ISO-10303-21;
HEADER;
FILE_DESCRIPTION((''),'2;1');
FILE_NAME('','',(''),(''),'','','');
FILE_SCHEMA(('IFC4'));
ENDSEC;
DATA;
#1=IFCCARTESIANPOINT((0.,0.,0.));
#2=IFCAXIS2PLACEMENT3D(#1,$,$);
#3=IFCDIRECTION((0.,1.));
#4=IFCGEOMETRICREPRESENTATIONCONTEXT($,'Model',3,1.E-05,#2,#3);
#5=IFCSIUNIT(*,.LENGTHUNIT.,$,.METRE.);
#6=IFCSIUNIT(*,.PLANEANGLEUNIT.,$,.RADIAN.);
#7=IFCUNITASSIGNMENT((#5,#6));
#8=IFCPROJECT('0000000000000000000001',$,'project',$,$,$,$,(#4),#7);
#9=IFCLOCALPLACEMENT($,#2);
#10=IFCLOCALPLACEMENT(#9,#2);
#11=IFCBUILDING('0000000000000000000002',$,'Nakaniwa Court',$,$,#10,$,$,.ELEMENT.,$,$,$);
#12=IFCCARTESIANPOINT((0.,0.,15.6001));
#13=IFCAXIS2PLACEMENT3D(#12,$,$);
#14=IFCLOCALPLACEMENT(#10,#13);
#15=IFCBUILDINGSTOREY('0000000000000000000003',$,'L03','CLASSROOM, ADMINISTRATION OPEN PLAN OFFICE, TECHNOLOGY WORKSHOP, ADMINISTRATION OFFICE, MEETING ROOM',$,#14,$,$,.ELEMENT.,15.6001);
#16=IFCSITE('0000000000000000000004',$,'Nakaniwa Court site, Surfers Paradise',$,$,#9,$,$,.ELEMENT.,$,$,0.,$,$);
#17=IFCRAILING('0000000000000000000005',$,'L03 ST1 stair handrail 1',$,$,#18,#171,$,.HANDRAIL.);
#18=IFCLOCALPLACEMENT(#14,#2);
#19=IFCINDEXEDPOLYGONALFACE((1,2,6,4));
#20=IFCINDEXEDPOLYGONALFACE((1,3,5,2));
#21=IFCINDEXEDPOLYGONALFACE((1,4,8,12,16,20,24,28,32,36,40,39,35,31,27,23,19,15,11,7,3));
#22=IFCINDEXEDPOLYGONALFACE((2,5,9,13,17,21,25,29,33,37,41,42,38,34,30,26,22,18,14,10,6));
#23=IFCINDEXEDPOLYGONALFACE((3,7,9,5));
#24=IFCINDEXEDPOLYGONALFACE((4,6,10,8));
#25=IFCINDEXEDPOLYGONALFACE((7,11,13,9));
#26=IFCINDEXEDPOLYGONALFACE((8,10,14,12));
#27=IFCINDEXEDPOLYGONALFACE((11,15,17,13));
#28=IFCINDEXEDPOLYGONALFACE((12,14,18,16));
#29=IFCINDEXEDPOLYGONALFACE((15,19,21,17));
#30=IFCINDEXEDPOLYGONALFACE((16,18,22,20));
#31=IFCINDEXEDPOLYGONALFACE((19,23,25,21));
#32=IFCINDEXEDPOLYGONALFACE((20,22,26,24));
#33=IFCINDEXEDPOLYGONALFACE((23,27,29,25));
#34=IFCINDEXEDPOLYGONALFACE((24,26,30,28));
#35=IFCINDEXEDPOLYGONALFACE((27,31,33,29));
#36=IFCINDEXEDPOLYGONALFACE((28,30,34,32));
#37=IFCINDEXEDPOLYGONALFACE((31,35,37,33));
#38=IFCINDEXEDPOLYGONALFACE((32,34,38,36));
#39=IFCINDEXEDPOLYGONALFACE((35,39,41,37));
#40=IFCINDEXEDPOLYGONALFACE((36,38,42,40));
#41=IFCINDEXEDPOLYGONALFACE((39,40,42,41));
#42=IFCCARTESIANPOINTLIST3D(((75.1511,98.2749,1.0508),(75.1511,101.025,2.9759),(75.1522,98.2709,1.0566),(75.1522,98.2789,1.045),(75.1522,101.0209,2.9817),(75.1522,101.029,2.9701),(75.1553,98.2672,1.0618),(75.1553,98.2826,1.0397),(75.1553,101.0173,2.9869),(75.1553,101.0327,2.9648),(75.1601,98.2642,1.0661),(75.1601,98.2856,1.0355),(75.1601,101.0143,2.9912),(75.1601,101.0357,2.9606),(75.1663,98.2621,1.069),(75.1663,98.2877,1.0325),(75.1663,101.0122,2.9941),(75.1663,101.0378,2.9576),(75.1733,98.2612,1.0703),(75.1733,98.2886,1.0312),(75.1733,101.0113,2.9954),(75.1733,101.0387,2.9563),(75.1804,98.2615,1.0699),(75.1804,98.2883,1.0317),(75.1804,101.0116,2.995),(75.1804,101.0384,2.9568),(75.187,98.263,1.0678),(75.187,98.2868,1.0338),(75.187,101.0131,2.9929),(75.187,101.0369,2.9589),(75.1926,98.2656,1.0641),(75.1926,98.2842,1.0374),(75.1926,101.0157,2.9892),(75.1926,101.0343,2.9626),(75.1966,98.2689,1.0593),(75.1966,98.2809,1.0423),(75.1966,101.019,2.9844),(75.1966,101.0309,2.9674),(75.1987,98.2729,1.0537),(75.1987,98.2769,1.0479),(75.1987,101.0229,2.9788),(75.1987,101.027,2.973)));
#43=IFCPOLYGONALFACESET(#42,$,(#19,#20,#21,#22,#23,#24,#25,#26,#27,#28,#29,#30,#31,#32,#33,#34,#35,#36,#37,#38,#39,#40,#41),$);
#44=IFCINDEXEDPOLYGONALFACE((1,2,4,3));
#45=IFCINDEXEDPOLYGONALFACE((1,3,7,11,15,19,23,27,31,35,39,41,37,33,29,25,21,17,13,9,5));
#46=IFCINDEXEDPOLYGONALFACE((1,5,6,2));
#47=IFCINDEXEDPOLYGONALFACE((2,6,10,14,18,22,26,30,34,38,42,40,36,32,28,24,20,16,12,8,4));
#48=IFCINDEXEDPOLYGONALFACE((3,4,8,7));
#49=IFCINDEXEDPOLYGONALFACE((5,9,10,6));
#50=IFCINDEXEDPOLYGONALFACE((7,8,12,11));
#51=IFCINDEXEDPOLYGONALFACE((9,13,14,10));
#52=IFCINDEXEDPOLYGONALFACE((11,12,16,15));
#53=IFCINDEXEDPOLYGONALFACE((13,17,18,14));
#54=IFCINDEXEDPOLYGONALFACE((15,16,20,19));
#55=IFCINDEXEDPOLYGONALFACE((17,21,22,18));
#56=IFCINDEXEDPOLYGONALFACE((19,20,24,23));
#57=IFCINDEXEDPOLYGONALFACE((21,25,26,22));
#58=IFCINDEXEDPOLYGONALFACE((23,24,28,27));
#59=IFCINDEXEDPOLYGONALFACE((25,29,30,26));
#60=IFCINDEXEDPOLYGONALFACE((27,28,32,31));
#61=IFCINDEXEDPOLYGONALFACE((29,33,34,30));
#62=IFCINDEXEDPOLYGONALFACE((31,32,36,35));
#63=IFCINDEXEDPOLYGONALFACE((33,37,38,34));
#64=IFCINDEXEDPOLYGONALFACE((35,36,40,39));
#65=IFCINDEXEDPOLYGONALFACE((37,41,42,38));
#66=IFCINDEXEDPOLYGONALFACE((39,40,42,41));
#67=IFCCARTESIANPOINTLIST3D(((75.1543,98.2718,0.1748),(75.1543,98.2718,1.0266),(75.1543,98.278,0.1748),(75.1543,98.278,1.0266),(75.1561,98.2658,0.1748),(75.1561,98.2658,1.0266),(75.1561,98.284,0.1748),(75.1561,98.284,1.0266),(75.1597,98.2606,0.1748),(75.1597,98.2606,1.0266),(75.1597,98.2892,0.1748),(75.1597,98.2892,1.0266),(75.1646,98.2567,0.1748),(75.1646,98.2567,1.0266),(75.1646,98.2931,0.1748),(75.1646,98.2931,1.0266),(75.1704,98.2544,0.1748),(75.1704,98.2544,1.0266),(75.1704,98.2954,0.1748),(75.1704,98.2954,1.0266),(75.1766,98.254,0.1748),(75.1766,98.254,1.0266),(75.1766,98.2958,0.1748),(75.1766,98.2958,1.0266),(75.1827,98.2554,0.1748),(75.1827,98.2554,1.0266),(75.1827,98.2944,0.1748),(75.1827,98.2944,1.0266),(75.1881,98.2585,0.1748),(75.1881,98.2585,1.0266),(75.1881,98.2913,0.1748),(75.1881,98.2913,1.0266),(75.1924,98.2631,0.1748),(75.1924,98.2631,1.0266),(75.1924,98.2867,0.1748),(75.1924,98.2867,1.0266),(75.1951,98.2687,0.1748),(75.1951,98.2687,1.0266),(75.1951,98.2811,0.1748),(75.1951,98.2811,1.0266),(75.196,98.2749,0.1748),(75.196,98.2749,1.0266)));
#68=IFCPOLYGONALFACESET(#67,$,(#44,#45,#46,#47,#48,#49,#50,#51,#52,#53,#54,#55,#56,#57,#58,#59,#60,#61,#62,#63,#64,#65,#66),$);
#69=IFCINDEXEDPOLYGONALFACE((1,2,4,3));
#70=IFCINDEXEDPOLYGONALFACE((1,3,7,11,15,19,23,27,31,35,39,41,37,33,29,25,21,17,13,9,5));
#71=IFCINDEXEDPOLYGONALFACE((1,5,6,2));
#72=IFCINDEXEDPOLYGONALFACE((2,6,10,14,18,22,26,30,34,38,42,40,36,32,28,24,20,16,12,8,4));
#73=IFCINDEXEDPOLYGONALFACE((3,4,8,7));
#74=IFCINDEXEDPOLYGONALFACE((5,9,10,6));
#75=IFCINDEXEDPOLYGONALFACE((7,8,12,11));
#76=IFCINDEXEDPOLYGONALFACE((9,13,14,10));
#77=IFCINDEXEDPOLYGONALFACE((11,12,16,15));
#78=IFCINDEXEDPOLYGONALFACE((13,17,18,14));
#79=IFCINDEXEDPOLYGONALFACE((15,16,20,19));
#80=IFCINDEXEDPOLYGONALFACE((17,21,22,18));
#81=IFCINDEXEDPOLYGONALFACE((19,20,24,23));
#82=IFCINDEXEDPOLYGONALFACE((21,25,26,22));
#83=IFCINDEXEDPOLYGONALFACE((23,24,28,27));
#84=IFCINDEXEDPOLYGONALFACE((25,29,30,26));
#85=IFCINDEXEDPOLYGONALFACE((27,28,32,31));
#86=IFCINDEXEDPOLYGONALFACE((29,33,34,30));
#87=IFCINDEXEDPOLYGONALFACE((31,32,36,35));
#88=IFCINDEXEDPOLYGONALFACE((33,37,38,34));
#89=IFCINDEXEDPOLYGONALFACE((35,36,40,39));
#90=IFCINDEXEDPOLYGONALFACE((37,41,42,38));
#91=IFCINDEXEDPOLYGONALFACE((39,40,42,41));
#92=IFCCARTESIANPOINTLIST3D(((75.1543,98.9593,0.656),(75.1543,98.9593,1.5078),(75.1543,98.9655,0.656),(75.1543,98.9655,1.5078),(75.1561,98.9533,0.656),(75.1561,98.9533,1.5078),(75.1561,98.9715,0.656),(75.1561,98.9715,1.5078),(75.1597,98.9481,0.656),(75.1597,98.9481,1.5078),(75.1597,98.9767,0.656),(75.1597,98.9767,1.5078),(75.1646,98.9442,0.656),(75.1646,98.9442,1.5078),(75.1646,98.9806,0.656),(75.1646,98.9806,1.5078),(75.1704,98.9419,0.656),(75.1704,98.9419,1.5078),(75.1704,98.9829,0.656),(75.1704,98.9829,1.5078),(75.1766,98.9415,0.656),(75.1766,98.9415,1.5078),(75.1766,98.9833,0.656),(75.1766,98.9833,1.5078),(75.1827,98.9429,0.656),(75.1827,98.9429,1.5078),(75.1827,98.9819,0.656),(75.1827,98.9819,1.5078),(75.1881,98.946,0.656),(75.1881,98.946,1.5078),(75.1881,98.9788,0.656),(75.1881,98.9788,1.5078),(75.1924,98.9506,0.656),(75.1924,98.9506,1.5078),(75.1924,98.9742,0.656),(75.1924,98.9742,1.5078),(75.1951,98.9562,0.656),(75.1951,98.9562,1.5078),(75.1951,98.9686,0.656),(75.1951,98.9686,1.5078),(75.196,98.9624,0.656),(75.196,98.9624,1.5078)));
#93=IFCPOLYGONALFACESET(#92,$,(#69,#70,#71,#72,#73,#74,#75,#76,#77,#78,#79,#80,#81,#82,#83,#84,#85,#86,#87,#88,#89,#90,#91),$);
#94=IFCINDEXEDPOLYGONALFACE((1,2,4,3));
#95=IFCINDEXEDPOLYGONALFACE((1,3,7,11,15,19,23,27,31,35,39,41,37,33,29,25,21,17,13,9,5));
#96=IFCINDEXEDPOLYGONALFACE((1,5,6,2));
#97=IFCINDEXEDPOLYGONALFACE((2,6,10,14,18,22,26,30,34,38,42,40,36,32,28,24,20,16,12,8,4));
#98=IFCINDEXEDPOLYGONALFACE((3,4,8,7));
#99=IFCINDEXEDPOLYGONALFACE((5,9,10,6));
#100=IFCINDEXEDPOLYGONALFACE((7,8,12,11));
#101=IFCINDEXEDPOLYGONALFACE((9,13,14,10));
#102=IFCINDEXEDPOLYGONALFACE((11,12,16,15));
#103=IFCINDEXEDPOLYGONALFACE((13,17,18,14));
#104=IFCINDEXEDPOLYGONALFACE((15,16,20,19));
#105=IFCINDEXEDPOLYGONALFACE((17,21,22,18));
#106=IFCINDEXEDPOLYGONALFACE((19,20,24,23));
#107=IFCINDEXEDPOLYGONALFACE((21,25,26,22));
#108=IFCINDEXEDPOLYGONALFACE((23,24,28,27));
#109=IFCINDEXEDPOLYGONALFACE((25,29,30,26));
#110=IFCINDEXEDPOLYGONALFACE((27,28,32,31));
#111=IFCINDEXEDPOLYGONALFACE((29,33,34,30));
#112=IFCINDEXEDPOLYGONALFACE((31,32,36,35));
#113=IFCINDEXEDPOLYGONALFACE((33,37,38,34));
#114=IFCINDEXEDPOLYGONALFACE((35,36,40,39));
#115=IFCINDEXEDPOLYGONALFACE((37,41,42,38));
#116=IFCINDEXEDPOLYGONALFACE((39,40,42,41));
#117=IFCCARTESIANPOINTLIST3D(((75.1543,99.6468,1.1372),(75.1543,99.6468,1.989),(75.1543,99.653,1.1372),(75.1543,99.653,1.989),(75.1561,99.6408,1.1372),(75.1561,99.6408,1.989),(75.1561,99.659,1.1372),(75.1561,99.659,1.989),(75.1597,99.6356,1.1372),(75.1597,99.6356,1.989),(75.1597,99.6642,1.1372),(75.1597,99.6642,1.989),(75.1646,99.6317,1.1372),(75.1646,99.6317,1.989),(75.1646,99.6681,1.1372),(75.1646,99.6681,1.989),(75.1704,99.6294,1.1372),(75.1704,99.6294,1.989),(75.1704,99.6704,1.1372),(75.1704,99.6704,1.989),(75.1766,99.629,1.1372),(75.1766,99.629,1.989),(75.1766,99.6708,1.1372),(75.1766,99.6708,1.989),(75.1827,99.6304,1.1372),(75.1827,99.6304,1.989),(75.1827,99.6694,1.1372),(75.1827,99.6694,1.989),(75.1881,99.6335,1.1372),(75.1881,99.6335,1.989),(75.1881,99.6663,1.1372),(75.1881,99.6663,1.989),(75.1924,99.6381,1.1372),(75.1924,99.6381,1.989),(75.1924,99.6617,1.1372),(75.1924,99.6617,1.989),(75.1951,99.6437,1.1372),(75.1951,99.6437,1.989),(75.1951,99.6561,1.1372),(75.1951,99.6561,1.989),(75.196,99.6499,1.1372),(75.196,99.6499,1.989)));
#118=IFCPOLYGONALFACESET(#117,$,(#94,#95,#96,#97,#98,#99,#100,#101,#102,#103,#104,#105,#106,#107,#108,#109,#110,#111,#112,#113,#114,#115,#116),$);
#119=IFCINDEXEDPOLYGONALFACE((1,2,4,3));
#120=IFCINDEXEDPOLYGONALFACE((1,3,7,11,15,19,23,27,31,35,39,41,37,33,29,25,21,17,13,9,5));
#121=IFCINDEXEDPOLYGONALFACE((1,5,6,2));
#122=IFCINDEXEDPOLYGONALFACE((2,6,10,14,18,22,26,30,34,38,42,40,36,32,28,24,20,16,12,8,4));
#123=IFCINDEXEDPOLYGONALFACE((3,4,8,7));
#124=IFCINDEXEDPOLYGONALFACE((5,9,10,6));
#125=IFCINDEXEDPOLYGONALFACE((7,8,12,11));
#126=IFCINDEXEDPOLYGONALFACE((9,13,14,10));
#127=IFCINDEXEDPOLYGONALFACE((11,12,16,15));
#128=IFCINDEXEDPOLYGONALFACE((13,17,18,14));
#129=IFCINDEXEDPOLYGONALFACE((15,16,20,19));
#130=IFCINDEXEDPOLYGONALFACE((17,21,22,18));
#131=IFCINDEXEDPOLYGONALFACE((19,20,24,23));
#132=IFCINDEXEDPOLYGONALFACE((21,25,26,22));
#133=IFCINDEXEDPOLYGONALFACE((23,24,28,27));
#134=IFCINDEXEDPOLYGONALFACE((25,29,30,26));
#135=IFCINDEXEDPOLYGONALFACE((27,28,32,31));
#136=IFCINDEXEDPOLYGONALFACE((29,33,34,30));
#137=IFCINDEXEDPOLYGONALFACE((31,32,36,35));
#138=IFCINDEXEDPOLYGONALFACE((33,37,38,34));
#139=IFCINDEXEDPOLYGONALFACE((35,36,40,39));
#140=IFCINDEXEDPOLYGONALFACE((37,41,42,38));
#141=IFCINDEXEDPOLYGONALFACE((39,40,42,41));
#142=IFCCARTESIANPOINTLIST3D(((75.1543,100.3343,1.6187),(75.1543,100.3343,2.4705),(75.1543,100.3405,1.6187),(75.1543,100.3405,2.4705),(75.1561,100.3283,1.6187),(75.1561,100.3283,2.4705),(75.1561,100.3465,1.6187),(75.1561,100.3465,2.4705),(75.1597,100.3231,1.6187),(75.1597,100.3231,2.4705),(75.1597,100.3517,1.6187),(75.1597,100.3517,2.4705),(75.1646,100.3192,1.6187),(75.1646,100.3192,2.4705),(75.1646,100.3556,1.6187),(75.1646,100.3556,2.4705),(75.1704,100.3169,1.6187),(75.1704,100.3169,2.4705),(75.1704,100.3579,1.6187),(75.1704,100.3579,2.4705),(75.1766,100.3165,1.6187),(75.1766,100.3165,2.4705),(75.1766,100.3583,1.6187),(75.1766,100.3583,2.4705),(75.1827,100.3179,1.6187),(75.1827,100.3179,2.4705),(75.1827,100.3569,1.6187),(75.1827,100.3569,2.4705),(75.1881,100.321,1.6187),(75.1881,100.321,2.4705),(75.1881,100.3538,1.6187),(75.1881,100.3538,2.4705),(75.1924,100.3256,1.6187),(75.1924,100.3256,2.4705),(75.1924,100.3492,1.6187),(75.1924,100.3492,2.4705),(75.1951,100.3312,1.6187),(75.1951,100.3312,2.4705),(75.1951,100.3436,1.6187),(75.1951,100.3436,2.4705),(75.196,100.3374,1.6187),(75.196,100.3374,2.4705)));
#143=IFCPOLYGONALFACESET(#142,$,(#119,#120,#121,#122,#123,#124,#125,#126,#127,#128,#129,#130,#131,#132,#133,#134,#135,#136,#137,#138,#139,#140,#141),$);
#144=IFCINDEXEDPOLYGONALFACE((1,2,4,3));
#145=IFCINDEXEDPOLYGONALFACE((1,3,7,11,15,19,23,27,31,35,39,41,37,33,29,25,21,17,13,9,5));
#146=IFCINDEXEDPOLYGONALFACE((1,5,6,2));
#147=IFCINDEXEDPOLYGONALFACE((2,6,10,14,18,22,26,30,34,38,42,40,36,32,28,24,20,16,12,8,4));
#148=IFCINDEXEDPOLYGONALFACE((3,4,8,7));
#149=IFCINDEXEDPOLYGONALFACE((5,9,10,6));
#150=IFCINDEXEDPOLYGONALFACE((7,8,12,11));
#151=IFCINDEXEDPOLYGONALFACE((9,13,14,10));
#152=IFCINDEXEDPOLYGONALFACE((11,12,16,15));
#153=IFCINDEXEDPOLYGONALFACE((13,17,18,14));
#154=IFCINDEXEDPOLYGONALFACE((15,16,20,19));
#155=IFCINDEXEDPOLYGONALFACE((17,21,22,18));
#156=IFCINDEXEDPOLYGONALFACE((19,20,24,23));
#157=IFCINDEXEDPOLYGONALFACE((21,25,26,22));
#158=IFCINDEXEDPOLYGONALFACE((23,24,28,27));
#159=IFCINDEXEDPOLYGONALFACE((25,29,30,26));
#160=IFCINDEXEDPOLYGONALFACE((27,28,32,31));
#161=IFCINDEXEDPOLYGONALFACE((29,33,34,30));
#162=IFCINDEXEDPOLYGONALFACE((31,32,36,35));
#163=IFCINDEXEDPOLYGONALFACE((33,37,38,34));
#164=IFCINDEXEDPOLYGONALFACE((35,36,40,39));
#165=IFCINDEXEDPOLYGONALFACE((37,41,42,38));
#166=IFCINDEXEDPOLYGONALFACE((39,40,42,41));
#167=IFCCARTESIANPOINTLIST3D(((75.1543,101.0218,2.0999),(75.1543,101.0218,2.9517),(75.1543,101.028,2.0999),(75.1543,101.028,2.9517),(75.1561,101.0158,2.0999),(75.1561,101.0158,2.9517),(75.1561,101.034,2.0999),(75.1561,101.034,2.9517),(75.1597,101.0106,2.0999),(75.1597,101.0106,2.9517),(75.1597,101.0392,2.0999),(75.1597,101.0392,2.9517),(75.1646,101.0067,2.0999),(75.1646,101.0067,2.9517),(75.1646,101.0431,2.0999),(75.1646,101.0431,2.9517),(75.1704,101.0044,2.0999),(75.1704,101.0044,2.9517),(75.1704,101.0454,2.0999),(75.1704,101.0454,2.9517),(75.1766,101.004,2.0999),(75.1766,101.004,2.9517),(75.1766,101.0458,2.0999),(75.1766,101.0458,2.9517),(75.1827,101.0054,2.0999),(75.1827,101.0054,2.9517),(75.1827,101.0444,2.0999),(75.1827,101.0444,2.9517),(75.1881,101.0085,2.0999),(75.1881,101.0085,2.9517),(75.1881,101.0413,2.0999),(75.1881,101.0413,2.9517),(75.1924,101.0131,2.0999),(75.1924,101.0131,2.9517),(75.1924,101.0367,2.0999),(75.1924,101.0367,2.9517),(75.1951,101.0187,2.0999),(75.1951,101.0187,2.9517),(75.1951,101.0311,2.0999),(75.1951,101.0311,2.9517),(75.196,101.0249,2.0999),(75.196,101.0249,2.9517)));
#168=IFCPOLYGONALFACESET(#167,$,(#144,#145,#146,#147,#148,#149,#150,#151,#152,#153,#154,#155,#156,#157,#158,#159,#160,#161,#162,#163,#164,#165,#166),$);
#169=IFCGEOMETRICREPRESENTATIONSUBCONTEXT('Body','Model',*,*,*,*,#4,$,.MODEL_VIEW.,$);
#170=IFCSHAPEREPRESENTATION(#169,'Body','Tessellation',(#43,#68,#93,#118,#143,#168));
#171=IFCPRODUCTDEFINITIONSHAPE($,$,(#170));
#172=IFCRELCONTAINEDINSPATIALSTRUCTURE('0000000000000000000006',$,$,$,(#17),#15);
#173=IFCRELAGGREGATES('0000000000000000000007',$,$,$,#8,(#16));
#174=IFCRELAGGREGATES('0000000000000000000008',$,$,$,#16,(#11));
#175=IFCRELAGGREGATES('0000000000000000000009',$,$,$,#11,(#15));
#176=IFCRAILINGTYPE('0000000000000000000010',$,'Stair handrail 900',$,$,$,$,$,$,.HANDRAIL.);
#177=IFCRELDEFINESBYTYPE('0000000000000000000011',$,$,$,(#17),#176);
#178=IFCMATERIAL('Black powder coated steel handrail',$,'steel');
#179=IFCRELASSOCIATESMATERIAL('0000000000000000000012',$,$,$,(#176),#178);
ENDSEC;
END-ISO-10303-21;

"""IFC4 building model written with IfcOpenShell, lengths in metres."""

from ifc_helpers import new_model, si_unit, direction, frame, origin, origin_2d, place, context, subcontext, project, spatial, circle, extrude, material, type_object, element, save


model = new_model("IFC4")

# Units and contexts
model_context = context("Model", 3, precision=1e-05, world=origin(), true_north=direction((0.0, 1.0)))
body_context = subcontext(model_context, "Body", "Model", "MODEL_VIEW")
ifc_project = project(units=[si_unit("LENGTHUNIT", "METRE"), si_unit("PLANEANGLEUNIT", "RADIAN")], contexts=[model_context])

# Site, building, storey
site_placement = place(None, origin())
site = spatial("IfcSite", under=ifc_project, at=site_placement, Name="Nakaniwa Court site, Surfers Paradise", CompositionType="ELEMENT", RefElevation=0.0)
building_placement = place(site_placement, origin())
building = spatial("IfcBuilding", under=site, at=building_placement, Name="Nakaniwa Court", CompositionType="ELEMENT")
storey_placement = place(building_placement, frame((0.0, 0.0, 15.6001)))
storey = spatial("IfcBuildingStorey", under=building, at=storey_placement, Name="L03", Description="CLASSROOM, ADMINISTRATION OPEN PLAN OFFICE, TECHNOLOGY WORKSHOP, ADMINISTRATION OFFICE, MEETING ROOM", CompositionType="ELEMENT", Elevation=15.6001)

# Railing
ifc_material_1 = material(Name="Black powder coated steel handrail", Category="steel")
railing_type_1 = type_object("IfcRailingType", Name="Stair handrail 900", PredefinedType="HANDRAIL", material=ifc_material_1)
railing_1_placement = place(storey_placement, frame((75.175, 98.2749, 0.1748)))
element("IfcRailing", 1, at=railing_1_placement, inside=storey, type_object=railing_type_1, Name="L03 ST1 stair handrail 1", PredefinedType="HANDRAIL", context=body_context, shape_type="SweptSolid", body=[
    extrude(circle(Radius=0.0239, at=origin_2d()), frame((0.0, 0.0, 0.876), z_axis=(0.0, 0.819225, 0.573472), x_axis=(-1.0, 0.0, 0.0)), (0.0, 0.0, 1.0), 3.3569),
    extrude(circle(Radius=0.021, at=origin_2d()), origin(), (0.0, 0.0, 1.0), 0.8518),
    extrude(circle(Radius=0.021, at=origin_2d()), frame((0.0, 0.6875, 0.4812)), (0.0, 0.0, 1.0), 0.8518),
    extrude(circle(Radius=0.021, at=origin_2d()), frame((0.0, 1.375, 0.9624)), (0.0, 0.0, 1.0), 0.8518),
    extrude(circle(Radius=0.021, at=origin_2d()), frame((0.0, 2.0625, 1.4438)), (0.0, 0.0, 1.0), 0.8518),
    extrude(circle(Radius=0.021, at=origin_2d()), frame((0.0, 2.75, 1.925)), (0.0, 0.0, 1.0), 0.8518),
])

save(model, "model.ifc")
